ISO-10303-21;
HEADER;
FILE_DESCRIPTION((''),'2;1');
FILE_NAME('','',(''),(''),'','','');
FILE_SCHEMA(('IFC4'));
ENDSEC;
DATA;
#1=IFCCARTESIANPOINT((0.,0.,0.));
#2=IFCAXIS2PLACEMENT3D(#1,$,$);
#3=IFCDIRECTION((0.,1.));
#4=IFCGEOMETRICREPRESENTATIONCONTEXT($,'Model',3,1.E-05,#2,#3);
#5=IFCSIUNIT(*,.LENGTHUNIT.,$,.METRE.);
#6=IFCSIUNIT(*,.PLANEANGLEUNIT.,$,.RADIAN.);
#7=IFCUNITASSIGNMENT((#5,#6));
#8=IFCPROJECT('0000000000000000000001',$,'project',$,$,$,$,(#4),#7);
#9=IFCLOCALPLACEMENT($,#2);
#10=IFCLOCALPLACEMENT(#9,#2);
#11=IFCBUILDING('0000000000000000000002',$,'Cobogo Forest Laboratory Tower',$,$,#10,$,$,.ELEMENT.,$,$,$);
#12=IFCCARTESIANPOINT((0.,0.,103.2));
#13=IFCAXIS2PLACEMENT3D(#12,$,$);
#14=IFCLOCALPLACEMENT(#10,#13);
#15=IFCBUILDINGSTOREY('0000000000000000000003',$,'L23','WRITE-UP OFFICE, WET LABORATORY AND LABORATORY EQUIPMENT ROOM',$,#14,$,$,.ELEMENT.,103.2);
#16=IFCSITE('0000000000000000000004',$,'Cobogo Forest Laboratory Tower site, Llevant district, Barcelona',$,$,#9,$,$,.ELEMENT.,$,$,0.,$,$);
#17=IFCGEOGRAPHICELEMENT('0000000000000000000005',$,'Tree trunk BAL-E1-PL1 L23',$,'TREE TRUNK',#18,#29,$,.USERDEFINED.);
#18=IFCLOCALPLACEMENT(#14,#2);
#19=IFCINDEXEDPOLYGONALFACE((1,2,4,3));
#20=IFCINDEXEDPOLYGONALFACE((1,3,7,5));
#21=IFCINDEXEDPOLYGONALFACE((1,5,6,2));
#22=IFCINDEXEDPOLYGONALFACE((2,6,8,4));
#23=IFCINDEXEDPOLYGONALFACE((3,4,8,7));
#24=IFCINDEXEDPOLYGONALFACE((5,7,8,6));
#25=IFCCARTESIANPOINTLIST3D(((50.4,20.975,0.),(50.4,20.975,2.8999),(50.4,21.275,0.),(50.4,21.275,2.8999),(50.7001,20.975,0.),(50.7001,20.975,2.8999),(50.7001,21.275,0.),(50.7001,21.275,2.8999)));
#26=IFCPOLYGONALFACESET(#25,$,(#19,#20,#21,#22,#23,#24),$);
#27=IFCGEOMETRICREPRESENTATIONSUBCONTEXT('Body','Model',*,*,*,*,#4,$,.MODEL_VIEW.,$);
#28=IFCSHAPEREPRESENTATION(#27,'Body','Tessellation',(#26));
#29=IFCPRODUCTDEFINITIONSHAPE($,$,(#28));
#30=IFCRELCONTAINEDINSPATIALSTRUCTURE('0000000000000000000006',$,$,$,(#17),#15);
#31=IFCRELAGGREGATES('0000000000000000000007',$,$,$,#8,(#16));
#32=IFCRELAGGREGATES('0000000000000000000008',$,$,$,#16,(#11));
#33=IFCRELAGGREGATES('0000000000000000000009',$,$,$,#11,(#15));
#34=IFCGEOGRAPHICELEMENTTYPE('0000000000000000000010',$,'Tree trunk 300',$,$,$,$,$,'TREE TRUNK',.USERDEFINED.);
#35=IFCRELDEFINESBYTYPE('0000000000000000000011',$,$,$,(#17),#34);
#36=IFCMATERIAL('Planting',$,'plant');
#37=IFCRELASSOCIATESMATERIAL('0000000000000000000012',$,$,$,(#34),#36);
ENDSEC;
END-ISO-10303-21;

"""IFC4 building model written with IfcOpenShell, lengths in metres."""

from ifc_helpers import new_model, si_unit, direction, frame, origin, origin_2d, place, context, subcontext, project, spatial, rectangle, extrude, material, type_object, element, save


model = new_model("IFC4")

# Units and contexts
model_context = context("Model", 3, precision=1e-05, world=origin(), true_north=direction((0.0, 1.0)))
body_context = subcontext(model_context, "Body", "Model", "MODEL_VIEW")
ifc_project = project(units=[si_unit("LENGTHUNIT", "METRE"), si_unit("PLANEANGLEUNIT", "RADIAN")], contexts=[model_context])

# Site, building, storey
site_placement = place(None, origin())
site = spatial("IfcSite", under=ifc_project, at=site_placement, Name="Cobogo Forest Laboratory Tower site, Llevant district, Barcelona", CompositionType="ELEMENT", RefElevation=0.0)
building_placement = place(site_placement, origin())
building = spatial("IfcBuilding", under=site, at=building_placement, Name="Cobogo Forest Laboratory Tower", CompositionType="ELEMENT")
storey_placement = place(building_placement, frame((0.0, 0.0, 103.2)))
storey = spatial("IfcBuildingStorey", under=building, at=storey_placement, Name="L23", Description="WRITE-UP OFFICE, WET LABORATORY AND LABORATORY EQUIPMENT ROOM", CompositionType="ELEMENT", Elevation=103.2)

# Geographic element
ifc_material_1 = material(Name="Planting", Category="plant")
geographic_element_type = type_object("IfcGeographicElementType", Name="Tree trunk 300", ElementType="TREE TRUNK", PredefinedType="USERDEFINED", material=ifc_material_1)
geographic_element_placement = place(storey_placement, frame((50.55, 21.125, 0.0), z_axis=(0.0, 0.0, 1.0), x_axis=(1.0, 0.0, 0.0)))
element("IfcGeographicElement", 1, at=geographic_element_placement, inside=storey, type_object=geographic_element_type, Name="Tree trunk BAL-E1-PL1 L23", ObjectType="TREE TRUNK", PredefinedType="USERDEFINED", context=body_context, shape_type="SweptSolid", body=[
    extrude(rectangle(XDim=0.3, YDim=0.3, at=origin_2d()), origin(), (0.0, 0.0, 1.0), 2.8999),
])

save(model, "model.ifc")
